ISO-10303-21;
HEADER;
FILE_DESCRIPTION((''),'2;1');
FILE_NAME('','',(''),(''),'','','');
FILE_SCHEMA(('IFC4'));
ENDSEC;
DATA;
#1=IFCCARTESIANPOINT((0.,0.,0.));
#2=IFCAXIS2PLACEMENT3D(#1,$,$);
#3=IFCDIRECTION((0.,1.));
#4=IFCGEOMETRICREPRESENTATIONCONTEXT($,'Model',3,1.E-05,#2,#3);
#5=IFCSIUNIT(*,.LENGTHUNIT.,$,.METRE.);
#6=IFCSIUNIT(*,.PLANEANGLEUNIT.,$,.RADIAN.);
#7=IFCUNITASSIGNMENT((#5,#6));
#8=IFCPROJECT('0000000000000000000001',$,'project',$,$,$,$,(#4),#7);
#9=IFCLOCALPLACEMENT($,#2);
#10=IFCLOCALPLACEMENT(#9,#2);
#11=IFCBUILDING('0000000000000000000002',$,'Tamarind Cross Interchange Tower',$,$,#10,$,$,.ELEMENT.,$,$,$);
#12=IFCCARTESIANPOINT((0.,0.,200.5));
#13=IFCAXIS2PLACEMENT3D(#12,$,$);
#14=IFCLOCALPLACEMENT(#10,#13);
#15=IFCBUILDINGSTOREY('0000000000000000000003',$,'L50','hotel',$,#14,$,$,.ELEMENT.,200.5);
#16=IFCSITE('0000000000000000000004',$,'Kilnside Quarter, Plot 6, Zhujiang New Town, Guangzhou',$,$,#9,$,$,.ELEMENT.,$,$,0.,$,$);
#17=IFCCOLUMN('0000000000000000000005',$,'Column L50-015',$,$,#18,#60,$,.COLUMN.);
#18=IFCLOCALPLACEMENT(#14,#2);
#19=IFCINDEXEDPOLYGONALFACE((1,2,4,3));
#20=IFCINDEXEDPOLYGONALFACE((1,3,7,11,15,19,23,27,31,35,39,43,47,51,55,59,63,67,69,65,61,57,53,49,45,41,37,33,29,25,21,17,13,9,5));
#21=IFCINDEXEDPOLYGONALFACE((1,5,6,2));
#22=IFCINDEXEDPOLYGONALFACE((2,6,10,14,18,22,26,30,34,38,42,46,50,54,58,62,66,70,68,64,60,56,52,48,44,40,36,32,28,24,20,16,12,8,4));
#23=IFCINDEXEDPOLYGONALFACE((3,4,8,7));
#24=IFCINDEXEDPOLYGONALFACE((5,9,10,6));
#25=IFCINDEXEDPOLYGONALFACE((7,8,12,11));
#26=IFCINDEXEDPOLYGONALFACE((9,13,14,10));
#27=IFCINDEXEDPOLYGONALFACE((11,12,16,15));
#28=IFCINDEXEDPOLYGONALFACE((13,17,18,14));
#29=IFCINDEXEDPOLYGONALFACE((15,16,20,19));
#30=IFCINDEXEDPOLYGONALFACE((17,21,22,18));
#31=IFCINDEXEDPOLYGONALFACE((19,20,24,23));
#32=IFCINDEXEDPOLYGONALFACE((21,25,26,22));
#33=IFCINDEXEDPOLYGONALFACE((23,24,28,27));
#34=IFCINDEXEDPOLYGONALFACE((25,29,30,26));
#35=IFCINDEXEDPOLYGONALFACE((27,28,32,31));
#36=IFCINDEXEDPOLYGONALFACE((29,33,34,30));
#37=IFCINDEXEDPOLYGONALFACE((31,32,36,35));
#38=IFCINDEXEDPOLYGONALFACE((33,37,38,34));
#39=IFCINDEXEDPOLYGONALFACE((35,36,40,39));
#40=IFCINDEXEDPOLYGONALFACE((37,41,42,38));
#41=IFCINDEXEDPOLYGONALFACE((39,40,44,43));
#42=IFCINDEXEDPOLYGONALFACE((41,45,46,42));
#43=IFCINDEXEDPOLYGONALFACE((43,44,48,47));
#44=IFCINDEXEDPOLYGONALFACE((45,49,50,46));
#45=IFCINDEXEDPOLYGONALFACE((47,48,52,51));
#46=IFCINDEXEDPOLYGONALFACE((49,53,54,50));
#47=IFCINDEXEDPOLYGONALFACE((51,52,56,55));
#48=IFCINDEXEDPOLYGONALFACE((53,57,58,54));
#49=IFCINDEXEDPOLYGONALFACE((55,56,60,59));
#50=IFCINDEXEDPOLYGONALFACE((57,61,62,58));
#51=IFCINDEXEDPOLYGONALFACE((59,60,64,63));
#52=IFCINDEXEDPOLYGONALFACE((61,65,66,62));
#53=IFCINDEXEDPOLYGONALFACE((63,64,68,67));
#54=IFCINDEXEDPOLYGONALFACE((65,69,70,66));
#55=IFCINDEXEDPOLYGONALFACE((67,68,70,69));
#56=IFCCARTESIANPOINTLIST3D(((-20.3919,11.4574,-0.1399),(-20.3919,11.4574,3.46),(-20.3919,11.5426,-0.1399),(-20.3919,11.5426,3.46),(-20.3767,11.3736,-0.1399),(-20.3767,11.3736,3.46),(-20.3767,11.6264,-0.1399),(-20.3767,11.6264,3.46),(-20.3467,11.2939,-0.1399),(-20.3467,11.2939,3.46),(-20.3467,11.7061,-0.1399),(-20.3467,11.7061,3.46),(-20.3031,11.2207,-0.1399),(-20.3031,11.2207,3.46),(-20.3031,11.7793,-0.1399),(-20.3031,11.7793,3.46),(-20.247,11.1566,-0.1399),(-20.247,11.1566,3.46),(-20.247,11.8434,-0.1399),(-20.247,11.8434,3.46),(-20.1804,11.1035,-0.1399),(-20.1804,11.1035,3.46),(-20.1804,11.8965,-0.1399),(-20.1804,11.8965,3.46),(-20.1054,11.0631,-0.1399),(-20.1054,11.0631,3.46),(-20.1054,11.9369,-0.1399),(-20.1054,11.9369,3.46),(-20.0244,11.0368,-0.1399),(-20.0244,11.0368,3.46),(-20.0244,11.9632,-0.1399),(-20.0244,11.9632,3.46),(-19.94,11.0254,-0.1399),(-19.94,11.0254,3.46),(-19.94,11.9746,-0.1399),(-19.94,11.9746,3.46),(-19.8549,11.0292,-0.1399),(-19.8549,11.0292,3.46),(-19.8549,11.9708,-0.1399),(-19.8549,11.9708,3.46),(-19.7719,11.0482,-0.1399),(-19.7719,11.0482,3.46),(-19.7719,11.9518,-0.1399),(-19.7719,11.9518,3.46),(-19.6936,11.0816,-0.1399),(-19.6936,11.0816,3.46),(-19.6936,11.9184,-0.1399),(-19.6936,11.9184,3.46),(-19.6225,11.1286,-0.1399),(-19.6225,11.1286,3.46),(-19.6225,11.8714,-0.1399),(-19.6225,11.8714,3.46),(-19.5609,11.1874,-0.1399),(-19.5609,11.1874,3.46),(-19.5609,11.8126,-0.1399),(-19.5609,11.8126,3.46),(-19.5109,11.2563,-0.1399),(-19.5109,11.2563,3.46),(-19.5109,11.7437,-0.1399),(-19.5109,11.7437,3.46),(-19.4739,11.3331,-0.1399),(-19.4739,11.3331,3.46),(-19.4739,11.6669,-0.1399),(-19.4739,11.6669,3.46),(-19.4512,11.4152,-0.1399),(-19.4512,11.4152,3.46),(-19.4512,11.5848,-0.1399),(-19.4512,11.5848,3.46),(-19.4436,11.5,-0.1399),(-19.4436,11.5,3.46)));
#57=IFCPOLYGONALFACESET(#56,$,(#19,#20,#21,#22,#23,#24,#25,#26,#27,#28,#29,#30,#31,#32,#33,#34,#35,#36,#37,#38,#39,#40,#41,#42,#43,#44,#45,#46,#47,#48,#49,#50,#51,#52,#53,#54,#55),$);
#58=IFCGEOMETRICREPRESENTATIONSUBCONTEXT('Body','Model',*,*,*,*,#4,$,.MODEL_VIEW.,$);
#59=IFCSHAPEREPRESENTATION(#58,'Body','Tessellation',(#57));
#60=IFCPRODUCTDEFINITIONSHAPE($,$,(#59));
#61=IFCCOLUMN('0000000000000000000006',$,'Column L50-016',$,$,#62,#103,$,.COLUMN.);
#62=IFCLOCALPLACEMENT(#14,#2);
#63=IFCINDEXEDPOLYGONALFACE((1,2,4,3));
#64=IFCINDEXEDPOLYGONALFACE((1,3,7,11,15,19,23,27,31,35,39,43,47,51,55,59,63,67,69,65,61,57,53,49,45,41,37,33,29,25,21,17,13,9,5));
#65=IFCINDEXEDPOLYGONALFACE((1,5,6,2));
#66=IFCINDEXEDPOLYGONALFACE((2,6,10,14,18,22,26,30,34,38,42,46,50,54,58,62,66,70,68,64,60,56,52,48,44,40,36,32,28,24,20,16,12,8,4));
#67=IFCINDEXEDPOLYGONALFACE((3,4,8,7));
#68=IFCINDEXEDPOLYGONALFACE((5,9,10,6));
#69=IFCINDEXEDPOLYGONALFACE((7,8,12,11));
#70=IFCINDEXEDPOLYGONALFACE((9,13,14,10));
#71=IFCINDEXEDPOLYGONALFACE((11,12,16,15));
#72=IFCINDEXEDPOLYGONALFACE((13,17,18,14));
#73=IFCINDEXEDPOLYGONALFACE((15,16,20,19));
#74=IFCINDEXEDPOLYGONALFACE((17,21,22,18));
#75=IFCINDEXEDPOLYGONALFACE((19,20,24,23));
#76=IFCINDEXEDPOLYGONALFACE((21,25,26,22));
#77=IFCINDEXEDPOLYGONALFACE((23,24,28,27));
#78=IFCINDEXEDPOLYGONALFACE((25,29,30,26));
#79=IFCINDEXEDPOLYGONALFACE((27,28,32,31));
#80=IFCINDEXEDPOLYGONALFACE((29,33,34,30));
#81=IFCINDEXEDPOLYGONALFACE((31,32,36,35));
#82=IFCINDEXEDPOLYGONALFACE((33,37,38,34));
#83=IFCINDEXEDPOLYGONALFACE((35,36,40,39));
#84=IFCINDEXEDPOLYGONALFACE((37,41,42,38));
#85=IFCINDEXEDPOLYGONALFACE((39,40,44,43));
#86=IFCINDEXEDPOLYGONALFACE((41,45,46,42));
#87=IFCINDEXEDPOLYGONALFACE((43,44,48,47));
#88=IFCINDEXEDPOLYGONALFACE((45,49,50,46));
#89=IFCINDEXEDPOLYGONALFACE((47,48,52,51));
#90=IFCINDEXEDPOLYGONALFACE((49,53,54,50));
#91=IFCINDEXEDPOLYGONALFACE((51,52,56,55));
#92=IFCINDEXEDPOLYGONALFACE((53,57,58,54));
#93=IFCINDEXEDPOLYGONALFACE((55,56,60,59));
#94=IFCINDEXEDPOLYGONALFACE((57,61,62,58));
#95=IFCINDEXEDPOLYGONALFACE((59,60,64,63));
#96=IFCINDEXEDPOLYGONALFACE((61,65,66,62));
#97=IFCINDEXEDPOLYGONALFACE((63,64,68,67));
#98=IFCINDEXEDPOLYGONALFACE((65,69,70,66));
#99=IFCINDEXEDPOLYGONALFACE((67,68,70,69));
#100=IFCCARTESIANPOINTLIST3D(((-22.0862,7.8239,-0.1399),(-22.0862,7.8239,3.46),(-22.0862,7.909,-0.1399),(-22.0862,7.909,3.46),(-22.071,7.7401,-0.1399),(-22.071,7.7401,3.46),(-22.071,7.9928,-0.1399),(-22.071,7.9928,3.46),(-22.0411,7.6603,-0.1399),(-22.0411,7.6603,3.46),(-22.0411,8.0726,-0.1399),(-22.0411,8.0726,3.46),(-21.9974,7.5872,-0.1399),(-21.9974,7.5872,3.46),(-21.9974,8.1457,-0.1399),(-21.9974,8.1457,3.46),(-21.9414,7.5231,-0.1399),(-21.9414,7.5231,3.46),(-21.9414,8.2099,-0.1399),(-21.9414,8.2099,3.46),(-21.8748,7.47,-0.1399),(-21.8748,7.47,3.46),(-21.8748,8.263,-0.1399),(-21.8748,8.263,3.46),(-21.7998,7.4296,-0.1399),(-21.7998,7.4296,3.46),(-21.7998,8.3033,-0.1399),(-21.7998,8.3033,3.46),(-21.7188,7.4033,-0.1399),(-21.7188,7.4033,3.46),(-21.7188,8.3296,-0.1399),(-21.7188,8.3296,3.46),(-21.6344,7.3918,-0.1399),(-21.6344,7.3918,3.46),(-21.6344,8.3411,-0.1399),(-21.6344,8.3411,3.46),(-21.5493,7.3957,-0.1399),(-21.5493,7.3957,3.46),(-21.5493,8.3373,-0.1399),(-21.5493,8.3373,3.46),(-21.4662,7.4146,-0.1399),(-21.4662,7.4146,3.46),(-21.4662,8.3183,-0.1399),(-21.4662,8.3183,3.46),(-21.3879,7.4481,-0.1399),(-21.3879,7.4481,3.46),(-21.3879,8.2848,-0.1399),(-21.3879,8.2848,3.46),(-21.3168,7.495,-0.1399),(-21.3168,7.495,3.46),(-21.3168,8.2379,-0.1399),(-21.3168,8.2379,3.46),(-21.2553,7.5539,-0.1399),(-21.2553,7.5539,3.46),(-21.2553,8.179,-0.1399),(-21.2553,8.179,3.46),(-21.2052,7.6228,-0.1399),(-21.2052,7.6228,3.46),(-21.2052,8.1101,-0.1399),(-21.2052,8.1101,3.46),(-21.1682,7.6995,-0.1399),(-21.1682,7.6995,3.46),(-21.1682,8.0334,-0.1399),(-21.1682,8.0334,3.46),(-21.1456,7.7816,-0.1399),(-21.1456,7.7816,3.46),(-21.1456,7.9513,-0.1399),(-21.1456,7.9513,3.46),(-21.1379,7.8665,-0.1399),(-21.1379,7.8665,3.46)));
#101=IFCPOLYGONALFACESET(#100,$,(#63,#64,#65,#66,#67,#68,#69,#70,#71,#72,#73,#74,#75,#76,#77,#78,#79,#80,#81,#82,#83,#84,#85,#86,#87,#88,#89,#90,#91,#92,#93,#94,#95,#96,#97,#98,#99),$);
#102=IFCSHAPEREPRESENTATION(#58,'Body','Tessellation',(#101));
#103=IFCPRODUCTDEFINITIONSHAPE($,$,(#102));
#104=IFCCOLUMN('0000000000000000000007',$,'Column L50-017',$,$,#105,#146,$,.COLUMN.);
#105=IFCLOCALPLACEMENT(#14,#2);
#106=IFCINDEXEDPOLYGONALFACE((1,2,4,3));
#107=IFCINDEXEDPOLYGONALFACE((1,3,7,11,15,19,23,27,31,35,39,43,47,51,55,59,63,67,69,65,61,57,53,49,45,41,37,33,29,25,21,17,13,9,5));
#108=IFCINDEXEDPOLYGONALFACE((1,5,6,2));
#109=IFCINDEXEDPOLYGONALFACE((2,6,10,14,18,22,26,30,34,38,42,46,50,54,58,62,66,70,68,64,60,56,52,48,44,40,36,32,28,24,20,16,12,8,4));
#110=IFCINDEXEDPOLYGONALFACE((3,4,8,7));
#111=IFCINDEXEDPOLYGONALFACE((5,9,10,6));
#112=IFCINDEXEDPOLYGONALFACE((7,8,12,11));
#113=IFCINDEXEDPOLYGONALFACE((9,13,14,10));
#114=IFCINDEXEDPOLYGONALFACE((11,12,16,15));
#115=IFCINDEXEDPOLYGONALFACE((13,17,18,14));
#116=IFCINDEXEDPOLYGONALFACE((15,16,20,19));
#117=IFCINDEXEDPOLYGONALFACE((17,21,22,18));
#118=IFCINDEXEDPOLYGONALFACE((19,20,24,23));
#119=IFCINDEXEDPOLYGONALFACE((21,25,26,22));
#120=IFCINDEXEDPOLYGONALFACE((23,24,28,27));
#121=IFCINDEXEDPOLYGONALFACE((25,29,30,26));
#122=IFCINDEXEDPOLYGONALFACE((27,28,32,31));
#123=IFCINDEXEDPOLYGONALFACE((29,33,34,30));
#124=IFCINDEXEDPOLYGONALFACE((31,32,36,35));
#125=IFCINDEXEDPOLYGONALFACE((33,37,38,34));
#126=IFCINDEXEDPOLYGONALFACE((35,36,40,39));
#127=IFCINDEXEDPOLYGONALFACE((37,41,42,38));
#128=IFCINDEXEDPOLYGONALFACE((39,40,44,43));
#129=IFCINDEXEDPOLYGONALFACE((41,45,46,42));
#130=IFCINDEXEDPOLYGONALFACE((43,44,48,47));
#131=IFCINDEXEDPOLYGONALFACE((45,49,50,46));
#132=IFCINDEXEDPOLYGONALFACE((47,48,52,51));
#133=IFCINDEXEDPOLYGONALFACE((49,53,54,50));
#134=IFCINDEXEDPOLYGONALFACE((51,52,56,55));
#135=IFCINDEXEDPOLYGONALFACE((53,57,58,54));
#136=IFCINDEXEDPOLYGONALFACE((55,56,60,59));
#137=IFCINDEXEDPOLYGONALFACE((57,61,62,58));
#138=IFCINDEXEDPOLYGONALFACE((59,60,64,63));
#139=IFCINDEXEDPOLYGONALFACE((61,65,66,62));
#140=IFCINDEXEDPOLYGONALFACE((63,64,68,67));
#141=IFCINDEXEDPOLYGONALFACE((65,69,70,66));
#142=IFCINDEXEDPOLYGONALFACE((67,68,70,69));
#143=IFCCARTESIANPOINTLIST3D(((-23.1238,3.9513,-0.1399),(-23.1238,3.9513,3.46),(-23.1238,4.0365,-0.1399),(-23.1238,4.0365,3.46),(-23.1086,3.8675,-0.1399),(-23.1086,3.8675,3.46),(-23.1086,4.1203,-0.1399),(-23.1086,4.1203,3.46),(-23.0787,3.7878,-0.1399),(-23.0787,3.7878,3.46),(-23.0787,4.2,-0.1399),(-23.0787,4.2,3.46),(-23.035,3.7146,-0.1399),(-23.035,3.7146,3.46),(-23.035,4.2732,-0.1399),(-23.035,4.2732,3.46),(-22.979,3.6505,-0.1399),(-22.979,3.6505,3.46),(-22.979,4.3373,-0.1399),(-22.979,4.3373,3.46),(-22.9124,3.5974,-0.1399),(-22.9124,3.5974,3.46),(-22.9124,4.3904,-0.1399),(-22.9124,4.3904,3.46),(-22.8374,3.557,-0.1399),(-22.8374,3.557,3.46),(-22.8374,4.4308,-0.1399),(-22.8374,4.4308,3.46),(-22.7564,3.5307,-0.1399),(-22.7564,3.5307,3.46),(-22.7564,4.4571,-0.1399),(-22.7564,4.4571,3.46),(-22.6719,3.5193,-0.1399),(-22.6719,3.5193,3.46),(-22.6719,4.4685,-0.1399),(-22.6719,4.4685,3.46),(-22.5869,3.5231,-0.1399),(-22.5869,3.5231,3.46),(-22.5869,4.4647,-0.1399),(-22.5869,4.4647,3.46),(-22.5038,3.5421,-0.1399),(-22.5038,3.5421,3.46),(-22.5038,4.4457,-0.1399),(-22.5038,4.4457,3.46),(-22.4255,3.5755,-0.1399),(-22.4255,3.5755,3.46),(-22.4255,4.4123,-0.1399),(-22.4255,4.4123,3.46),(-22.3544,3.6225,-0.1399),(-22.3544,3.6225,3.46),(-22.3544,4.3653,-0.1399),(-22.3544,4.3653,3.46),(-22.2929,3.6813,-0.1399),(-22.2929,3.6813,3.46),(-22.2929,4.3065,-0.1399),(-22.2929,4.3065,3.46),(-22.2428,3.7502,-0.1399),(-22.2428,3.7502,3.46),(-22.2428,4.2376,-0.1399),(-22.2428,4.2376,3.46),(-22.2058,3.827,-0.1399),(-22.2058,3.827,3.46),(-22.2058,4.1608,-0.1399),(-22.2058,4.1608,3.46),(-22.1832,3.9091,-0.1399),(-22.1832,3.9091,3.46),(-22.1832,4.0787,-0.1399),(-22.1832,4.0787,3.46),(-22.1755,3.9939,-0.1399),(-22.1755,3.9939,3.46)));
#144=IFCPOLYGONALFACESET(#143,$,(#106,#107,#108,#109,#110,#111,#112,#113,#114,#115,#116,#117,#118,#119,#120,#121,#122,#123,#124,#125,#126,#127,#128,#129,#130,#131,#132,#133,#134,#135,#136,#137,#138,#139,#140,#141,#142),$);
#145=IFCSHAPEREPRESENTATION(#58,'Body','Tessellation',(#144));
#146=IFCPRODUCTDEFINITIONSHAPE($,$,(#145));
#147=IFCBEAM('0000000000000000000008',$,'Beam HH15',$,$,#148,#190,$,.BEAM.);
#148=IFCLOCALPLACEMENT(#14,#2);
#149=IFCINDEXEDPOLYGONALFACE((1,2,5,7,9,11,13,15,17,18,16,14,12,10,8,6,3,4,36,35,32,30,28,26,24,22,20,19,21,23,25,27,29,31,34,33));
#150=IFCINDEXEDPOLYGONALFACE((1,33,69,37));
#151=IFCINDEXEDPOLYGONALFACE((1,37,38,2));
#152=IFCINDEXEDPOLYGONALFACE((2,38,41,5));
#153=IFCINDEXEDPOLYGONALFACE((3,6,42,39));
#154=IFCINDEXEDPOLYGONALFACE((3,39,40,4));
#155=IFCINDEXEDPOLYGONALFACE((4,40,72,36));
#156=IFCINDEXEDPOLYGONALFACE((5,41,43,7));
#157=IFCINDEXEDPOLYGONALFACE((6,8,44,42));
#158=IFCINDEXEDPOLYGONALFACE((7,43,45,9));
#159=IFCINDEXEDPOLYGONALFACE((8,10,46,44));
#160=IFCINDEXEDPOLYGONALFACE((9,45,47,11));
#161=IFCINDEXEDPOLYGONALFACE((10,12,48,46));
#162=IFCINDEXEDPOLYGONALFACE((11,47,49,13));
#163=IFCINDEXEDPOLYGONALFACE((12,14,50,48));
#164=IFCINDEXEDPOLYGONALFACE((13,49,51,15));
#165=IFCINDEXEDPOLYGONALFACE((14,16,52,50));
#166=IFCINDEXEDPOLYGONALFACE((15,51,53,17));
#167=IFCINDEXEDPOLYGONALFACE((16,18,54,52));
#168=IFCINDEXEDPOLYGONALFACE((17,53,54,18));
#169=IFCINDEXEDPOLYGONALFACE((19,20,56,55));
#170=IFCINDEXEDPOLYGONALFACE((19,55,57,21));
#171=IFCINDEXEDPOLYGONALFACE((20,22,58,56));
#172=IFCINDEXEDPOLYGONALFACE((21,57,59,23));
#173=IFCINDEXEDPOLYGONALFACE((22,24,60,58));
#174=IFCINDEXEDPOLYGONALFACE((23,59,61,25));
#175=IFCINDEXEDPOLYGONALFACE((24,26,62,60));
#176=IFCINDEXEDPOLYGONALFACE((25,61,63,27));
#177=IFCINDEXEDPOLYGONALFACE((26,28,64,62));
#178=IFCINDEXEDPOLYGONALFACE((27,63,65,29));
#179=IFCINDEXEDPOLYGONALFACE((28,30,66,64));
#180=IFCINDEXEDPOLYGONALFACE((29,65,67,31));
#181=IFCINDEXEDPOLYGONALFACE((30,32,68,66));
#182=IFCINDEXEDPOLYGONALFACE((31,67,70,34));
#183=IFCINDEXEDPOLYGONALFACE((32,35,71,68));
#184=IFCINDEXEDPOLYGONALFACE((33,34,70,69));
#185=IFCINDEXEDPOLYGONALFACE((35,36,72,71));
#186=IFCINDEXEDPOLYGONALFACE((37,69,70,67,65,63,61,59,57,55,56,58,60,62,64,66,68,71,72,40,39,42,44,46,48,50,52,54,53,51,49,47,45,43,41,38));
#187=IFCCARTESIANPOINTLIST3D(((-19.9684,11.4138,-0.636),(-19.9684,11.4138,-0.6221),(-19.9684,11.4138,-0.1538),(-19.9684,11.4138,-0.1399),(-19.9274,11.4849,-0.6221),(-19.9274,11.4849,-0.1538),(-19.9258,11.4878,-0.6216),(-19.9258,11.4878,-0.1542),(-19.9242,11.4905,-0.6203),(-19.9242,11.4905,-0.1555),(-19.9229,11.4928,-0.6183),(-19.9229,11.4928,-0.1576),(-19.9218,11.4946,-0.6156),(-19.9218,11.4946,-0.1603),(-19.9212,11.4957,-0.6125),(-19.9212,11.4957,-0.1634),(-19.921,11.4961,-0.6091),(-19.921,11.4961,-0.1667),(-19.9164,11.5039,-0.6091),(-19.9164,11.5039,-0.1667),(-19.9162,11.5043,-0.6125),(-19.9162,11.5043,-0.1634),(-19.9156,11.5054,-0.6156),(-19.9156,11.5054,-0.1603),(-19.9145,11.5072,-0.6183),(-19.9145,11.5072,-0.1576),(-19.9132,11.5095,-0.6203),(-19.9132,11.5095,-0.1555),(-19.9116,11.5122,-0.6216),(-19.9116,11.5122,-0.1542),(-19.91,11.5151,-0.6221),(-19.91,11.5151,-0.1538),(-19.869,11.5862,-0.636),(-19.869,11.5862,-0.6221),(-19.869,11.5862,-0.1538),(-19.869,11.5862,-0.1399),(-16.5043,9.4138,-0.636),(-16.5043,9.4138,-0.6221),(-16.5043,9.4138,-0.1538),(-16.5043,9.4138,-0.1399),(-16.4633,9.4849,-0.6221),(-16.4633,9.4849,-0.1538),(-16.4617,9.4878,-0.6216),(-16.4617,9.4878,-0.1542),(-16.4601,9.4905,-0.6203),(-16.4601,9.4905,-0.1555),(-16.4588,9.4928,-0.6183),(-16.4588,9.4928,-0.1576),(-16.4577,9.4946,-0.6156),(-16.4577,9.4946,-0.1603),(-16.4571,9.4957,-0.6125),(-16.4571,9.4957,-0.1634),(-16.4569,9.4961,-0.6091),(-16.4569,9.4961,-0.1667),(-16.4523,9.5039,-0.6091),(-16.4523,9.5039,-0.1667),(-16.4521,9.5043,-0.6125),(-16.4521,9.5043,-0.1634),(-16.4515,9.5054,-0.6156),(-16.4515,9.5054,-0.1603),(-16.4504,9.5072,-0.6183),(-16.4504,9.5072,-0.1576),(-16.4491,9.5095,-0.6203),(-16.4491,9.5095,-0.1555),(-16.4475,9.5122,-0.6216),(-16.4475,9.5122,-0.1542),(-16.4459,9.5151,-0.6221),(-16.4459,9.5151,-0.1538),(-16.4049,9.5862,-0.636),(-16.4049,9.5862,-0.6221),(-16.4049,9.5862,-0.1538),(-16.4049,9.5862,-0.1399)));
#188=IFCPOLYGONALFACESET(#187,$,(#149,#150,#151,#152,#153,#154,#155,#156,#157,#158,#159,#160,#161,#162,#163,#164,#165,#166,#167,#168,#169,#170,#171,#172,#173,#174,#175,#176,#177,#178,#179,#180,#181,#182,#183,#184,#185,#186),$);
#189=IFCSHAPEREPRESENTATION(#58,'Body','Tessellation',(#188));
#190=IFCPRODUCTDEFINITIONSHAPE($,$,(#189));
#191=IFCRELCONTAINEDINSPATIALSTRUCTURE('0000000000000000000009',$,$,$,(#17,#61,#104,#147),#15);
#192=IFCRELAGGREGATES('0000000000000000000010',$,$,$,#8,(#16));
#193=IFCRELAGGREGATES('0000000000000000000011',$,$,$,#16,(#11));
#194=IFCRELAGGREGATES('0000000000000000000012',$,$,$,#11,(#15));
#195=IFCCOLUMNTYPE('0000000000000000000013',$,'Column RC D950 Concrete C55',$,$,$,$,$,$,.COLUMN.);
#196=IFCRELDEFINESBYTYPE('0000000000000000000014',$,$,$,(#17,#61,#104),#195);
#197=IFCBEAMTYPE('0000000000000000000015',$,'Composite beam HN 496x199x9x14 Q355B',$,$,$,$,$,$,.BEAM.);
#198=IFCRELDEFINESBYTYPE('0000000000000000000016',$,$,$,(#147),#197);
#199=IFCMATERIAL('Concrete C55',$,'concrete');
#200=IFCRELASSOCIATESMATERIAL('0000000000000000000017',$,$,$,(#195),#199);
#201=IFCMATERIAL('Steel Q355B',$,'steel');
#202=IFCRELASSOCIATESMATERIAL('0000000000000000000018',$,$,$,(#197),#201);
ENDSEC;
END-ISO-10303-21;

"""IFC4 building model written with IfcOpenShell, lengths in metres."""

from ifc_helpers import new_model, si_unit, direction, frame, origin, origin_2d, place, context, subcontext, project, spatial, circle, i_section, extrude, material, material_profile, profile_set, type_object, element, save


model = new_model("IFC4")

# Units and contexts
model_context = context("Model", 3, precision=1e-05, world=origin(), true_north=direction((0.0, 1.0)))
body_context = subcontext(model_context, "Body", "Model", "MODEL_VIEW")
ifc_project = project(units=[si_unit("LENGTHUNIT", "METRE"), si_unit("PLANEANGLEUNIT", "RADIAN")], contexts=[model_context])

# Site, building, storey
site_placement = place(None, origin())
site = spatial("IfcSite", under=ifc_project, at=site_placement, Name="Kilnside Quarter, Plot 6, Zhujiang New Town, Guangzhou", CompositionType="ELEMENT", RefElevation=0.0)
building_placement = place(site_placement, origin())
building = spatial("IfcBuilding", under=site, at=building_placement, Name="Tamarind Cross Interchange Tower", CompositionType="ELEMENT")
storey_placement = place(building_placement, frame((0.0, 0.0, 200.5)))
storey = spatial("IfcBuildingStorey", under=building, at=storey_placement, Name="L50", Description="hotel", CompositionType="ELEMENT", Elevation=200.5)

# Columns
ifc_material_1 = material(Name="Concrete C55", Category="concrete")
ifc_material_profile_1 = material_profile(ifc_material_1, circle(Radius=0.4751, at=origin_2d()), Name="RC D950")
ifc_profile_set_1 = profile_set([ifc_material_profile_1], Name="Concrete C55")
column_type = type_object("IfcColumnType", Name="Column RC D950 Concrete C55", PredefinedType="COLUMN", material=ifc_profile_set_1)
for number, where, z_axis, x_axis, name in (
    (1, (-19.9187, 11.5, -0.1399), (0.0, 0.0, 1.0), (1.0, 0.0, 0.0), "Column L50-015"),
    (2, (-21.613, 7.8665, -0.1399), (0.0, 0.0, 1.0), (1.0, 0.0, 0.0), "Column L50-016"),
    (3, (-22.6506, 3.9939, -0.1399), (0.0, 0.0, 1.0), (1.0, 0.0, 0.0), "Column L50-017"),
):
    element("IfcColumn", number, at=place(storey_placement, frame(where, z_axis=z_axis, x_axis=x_axis)), inside=storey, type_object=column_type, Name=name, PredefinedType="COLUMN", context=body_context, shape_type="SweptSolid", body=[
        extrude(circle(Radius=0.4751, at=origin_2d()), origin(), (0.0, 0.0, 1.0), 3.5999),
    ])

# Beam
ifc_material_2 = material(Name="Steel Q355B", Category="steel")
ifc_material_profile_2 = material_profile(ifc_material_2, i_section(OverallWidth=0.199, OverallDepth=0.4961, WebThickness=0.009, FlangeThickness=0.0139, FilletRadius=0.0129, at=origin_2d()), Name="HN 496x199x9x14")
ifc_profile_set_2 = profile_set([ifc_material_profile_2], Name="Steel Q355B")
beam_type = type_object("IfcBeamType", Name="Composite beam HN 496x199x9x14 Q355B", PredefinedType="BEAM", material=ifc_profile_set_2)
beam_1_placement = place(storey_placement, frame((-19.9187, 11.5, -0.3879), z_axis=(0.866026, -0.499999, 0.0), x_axis=(0.499999, 0.866026, 0.0)))
element("IfcBeam", 4, at=beam_1_placement, inside=storey, type_object=beam_type, Name="Beam HH15", PredefinedType="BEAM", context=body_context, shape_type="SweptSolid", body=[
    extrude(i_section(OverallWidth=0.199, OverallDepth=0.4961, WebThickness=0.009, FlangeThickness=0.0139, FilletRadius=0.0129, at=origin_2d()), origin(), (0.0, 0.0, 1.0), 4.0),
])

save(model, "model.ifc")
